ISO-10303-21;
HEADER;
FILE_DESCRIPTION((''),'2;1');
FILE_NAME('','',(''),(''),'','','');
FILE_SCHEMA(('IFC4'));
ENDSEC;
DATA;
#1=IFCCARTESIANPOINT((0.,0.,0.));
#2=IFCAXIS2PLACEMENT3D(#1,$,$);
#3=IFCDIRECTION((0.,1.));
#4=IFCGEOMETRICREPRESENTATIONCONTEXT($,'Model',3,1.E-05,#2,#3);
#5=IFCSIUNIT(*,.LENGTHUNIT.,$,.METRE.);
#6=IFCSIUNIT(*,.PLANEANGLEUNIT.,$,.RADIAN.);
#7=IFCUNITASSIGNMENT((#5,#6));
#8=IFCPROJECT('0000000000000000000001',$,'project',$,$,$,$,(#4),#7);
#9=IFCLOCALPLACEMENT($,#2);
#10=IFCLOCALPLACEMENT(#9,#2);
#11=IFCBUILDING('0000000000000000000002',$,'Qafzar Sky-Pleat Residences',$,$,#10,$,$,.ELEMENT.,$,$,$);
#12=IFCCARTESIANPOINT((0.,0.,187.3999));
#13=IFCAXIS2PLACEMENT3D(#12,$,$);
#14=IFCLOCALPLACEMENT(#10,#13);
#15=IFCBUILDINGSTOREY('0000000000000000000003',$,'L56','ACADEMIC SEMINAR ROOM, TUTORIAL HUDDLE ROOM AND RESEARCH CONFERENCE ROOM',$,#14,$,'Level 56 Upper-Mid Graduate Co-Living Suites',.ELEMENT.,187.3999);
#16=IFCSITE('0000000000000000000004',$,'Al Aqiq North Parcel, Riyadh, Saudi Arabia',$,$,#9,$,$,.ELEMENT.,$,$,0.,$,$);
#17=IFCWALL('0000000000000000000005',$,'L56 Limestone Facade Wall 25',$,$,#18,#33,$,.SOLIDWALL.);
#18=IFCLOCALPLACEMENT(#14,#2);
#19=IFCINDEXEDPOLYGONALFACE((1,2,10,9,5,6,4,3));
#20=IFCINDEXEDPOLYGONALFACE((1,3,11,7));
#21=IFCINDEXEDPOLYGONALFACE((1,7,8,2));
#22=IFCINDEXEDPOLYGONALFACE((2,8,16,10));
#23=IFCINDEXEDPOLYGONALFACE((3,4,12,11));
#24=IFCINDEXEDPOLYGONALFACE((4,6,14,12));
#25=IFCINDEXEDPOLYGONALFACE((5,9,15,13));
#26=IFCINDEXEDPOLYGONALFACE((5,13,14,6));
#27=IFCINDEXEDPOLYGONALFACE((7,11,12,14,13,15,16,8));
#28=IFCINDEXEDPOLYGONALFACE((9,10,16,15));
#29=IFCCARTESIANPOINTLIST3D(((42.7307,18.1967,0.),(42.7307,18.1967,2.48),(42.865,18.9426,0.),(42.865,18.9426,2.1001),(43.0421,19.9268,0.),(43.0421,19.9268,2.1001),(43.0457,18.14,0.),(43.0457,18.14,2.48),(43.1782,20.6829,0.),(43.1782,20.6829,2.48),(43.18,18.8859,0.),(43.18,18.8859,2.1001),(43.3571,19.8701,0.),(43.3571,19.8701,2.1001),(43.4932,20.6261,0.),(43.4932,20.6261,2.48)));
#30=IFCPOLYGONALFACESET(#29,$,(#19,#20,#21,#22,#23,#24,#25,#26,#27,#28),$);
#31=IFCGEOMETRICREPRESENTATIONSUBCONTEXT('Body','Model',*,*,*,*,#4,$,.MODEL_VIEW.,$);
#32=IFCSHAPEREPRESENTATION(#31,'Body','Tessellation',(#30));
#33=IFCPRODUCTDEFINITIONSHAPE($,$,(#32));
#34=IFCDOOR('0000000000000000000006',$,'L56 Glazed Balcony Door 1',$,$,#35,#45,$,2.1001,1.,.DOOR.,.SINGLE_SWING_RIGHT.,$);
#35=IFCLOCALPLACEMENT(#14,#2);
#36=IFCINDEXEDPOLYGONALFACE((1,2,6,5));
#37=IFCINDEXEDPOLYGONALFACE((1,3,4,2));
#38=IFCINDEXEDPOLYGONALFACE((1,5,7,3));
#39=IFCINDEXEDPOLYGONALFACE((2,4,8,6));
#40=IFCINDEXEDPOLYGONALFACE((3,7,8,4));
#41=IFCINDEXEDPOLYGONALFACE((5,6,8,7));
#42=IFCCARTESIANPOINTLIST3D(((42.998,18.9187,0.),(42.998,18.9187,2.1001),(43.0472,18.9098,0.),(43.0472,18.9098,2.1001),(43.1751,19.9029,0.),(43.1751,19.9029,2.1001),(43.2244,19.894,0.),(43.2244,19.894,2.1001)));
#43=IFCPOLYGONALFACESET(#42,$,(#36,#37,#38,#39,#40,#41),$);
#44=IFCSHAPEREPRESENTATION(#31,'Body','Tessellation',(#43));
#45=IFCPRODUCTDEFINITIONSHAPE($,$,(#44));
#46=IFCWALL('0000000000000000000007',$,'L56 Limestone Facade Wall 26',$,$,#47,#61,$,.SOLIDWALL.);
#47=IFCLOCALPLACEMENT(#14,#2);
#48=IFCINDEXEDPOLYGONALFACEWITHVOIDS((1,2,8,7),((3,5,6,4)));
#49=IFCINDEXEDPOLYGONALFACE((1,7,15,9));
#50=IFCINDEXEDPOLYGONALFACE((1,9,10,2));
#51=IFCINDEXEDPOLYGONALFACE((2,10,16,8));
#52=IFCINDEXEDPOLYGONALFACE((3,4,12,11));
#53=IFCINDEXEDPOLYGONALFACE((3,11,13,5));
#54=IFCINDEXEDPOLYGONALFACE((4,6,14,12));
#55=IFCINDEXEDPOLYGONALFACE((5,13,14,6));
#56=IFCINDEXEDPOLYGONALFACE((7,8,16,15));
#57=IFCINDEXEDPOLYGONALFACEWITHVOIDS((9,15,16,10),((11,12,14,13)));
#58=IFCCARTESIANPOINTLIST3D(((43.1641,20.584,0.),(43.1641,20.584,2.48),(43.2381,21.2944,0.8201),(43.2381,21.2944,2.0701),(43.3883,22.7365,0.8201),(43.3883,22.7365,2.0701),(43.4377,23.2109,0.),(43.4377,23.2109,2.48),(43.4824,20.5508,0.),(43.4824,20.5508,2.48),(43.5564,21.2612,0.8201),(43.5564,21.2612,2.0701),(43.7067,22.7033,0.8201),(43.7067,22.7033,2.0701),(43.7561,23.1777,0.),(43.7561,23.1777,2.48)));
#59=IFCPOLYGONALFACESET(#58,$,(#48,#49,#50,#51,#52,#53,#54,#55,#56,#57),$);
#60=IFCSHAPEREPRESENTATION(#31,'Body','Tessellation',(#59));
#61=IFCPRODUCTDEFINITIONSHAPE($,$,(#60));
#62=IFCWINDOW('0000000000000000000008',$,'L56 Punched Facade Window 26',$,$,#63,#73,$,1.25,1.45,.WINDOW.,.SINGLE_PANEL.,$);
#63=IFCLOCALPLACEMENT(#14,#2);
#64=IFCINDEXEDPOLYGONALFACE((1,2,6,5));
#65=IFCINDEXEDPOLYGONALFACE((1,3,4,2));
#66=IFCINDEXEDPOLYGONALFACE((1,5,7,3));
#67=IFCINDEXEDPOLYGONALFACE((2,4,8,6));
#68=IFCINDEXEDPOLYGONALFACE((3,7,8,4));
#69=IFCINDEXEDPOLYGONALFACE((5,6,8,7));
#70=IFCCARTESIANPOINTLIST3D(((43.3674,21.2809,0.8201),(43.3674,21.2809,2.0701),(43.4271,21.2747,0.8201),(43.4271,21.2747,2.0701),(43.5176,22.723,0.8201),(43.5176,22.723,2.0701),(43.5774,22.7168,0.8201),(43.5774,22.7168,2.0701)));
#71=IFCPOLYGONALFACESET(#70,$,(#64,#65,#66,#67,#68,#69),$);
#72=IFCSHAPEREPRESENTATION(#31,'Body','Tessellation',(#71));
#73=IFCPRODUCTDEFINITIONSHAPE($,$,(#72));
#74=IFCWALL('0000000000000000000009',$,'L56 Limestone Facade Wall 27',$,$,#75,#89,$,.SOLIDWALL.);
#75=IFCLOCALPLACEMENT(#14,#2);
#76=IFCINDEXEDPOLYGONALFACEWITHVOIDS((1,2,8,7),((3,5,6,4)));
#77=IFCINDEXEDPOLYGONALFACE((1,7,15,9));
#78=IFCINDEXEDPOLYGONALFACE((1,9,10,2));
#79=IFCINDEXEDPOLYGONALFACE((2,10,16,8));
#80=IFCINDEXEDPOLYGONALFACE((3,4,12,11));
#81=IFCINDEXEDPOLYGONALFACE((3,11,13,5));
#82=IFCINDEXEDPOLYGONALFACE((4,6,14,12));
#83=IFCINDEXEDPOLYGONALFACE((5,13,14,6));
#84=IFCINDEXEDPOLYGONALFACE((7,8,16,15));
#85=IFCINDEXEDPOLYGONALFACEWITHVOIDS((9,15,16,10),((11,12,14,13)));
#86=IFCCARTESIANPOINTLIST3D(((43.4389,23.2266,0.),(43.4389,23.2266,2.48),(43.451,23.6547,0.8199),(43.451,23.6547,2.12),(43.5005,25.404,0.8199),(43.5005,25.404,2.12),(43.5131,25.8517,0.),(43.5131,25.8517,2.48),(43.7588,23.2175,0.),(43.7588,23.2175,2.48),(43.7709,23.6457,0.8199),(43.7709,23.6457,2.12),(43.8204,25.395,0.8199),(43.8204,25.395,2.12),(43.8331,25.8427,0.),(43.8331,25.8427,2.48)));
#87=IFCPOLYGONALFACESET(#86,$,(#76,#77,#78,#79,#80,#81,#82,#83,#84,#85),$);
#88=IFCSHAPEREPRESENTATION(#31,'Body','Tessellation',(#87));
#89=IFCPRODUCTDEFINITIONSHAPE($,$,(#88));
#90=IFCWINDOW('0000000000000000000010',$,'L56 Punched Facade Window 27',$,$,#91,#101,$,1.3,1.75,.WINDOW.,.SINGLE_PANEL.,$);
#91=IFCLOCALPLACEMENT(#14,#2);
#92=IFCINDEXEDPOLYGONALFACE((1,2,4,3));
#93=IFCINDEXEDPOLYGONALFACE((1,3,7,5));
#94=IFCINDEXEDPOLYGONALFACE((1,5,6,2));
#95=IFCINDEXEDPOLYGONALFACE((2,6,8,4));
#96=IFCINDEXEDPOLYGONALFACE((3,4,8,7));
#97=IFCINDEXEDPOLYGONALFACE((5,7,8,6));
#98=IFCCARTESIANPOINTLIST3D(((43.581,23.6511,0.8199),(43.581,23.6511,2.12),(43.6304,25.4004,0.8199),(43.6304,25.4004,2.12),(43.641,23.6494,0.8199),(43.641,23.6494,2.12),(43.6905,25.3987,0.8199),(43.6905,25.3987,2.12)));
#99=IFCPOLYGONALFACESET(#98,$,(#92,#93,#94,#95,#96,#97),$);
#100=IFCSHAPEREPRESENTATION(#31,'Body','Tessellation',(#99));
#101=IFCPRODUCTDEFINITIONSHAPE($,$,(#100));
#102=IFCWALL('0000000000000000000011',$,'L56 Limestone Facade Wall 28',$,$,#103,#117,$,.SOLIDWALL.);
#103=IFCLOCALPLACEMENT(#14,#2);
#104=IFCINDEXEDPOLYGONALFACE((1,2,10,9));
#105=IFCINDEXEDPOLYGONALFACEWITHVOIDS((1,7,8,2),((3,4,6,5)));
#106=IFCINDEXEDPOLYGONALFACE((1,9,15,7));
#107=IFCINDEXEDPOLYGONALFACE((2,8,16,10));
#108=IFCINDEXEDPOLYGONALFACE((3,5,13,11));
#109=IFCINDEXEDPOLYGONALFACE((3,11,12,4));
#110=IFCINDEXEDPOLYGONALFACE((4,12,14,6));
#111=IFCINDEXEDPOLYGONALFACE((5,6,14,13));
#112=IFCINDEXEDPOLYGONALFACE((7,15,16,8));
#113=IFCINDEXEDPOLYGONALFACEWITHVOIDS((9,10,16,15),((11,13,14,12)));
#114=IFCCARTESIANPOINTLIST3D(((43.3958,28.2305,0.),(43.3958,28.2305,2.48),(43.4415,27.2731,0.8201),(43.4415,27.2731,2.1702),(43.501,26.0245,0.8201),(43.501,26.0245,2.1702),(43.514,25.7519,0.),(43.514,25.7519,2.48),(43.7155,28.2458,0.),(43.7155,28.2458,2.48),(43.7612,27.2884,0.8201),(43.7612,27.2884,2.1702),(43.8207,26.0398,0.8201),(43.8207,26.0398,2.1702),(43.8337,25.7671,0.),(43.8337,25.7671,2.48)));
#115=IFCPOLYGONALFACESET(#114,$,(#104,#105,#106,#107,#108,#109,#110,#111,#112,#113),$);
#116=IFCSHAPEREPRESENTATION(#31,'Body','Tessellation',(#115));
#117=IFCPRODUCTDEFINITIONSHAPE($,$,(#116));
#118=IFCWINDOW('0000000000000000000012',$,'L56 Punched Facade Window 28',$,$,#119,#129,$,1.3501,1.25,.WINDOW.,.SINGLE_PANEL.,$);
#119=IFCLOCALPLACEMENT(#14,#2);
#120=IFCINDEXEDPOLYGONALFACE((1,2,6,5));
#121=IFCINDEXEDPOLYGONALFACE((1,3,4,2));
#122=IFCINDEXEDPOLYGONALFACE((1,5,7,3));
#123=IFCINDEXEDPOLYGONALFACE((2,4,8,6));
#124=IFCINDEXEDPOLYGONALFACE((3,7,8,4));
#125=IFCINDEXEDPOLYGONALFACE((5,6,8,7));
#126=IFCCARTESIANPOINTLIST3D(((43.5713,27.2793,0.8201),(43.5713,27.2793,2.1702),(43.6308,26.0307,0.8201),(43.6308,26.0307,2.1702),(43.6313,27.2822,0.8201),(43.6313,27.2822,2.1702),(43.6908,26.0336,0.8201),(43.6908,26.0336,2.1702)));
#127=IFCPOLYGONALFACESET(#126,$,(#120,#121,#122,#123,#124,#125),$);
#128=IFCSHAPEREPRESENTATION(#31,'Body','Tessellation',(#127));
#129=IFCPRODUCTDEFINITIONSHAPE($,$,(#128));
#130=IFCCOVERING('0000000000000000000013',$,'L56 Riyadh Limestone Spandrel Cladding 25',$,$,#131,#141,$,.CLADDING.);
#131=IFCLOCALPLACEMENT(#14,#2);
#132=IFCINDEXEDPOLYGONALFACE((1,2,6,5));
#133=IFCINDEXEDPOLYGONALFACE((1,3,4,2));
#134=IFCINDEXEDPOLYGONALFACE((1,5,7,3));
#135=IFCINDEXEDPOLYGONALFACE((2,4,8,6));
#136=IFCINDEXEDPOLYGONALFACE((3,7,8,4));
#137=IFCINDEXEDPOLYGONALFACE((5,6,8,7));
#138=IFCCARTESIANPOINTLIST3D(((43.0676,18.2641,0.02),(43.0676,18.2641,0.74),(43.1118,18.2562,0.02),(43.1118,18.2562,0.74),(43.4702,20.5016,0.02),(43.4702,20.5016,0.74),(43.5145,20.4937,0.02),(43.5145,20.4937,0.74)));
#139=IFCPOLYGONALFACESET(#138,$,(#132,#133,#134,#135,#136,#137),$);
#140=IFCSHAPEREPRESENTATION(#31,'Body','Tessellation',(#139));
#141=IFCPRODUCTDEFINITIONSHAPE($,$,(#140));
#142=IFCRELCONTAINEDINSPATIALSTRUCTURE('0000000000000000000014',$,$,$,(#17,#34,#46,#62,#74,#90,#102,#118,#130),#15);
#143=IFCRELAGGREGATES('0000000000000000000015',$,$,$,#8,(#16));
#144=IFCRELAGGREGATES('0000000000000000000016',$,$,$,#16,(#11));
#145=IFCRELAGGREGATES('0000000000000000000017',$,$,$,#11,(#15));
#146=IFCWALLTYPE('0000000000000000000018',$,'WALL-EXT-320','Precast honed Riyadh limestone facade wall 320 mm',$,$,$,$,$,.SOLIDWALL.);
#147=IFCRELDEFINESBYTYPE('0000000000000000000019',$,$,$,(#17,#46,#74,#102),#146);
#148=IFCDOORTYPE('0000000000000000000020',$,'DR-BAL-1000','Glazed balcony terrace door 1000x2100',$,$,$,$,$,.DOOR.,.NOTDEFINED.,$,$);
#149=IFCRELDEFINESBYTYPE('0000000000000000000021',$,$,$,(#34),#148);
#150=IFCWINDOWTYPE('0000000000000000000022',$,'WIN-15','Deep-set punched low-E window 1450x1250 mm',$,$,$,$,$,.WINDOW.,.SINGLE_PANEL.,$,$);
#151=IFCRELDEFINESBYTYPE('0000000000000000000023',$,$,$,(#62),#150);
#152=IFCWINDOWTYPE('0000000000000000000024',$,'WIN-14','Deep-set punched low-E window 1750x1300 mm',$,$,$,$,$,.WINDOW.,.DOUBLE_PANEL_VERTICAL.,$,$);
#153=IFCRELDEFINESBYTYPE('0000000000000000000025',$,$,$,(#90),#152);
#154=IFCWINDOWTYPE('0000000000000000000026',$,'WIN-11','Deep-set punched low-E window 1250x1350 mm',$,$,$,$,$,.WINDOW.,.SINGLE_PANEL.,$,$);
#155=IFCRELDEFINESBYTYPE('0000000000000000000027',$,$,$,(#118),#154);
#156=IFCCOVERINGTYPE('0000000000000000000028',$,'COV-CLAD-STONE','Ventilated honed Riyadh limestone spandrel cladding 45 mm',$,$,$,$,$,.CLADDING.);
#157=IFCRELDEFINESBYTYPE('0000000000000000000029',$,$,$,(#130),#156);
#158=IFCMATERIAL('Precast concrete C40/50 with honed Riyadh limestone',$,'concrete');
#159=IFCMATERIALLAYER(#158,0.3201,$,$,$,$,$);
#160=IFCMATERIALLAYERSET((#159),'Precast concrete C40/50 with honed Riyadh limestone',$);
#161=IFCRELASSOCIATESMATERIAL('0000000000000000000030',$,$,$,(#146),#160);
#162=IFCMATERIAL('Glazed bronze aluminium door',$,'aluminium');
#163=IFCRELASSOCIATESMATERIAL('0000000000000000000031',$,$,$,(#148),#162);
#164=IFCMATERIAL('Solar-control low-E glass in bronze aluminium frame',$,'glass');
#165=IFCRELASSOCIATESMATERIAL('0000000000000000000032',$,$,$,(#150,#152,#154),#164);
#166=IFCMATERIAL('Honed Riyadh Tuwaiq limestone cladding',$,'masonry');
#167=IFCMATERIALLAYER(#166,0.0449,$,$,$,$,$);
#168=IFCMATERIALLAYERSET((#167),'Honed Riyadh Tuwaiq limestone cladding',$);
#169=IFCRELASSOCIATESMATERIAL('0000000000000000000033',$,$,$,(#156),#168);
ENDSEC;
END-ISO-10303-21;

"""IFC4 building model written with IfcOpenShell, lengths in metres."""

from ifc_helpers import new_model, si_unit, direction, frame, frame_2d, origin, origin_2d, place, context, subcontext, project, spatial, rectangle, extrude, source, transform, mapped, material, layer, layer_set, type_object, element, fill, save


model = new_model("IFC4")

# Units and contexts
model_context = context("Model", 3, precision=1e-05, world=origin(), true_north=direction((0.0, 1.0)))
body_context = subcontext(model_context, "Body", "Model", "MODEL_VIEW")
ifc_project = project(units=[si_unit("LENGTHUNIT", "METRE"), si_unit("PLANEANGLEUNIT", "RADIAN")], contexts=[model_context])

# Site, building, storey
site_placement = place(None, origin())
site = spatial("IfcSite", under=ifc_project, at=site_placement, Name="Al Aqiq North Parcel, Riyadh, Saudi Arabia", CompositionType="ELEMENT", RefElevation=0.0)
building_placement = place(site_placement, origin())
building = spatial("IfcBuilding", under=site, at=building_placement, Name="Qafzar Sky-Pleat Residences", CompositionType="ELEMENT")
storey_placement = place(building_placement, frame((0.0, 0.0, 187.3999)))
storey = spatial("IfcBuildingStorey", under=building, at=storey_placement, Name="L56", Description="ACADEMIC SEMINAR ROOM, TUTORIAL HUDDLE ROOM AND RESEARCH CONFERENCE ROOM", LongName="Level 56 Upper-Mid Graduate Co-Living Suites", CompositionType="ELEMENT", Elevation=187.3999)

# Wall, opening, door
ifc_material_1 = material(Name="Precast concrete C40/50 with honed Riyadh limestone", Category="concrete")
ifc_layer_1 = layer(ifc_material_1, 0.3201)
ifc_layer_set_1 = layer_set([ifc_layer_1], Name="Precast concrete C40/50 with honed Riyadh limestone")
wall_type_1 = type_object("IfcWallType", Name="WALL-EXT-320", Description="Precast honed Riyadh limestone facade wall 320 mm", PredefinedType="SOLIDWALL", material=ifc_layer_set_1)
wall_1_placement = place(storey_placement, frame((42.8882, 18.1682, 0.0), z_axis=(0.0, 0.0, 1.0), x_axis=(0.177159, 0.984182, 0.0)))
wall_1 = element("IfcWall", 1, at=wall_1_placement, inside=storey, type_object=wall_type_1, Name="L56 Limestone Facade Wall 25", PredefinedType="SOLIDWALL", context=body_context, shape_type="SweptSolid", body=[
    extrude(rectangle(XDim=2.5261, YDim=0.3201, at=frame_2d((1.2632, 0.0))), origin(), (0.0, 0.0, 1.0), 2.48),
])
opening_1_placement = place(wall_1_placement, frame((0.7581, 0.0, 0.0)))
opening_1 = element("IfcOpeningElement", 2, at=opening_1_placement, cuts=wall_1, PredefinedType="OPENING", context=body_context, shape_type="SweptSolid", body=[
    extrude(rectangle(XDim=1.0, YDim=2.1001, at=frame_2d((0.5, 1.05))), frame((0.0, 0.1699, 0.0), z_axis=(0.0, -1.0, 0.0), x_axis=(1.0, 0.0, 0.0)), (0.0, 0.0, 1.0), 0.3401),
])
ifc_material_2 = material(Name="Glazed bronze aluminium door", Category="aluminium")
door_type_1 = type_object("IfcDoorType", Name="DR-BAL-1000", Description="Glazed balcony terrace door 1000x2100", OperationType="NOTDEFINED", PredefinedType="DOOR", material=ifc_material_2)
shared_shape_1 = source(origin(), body_context, "Body", "SweptSolid", [
    extrude(rectangle(XDim=1.0, YDim=2.1001, at=frame_2d((0.5, 1.05))), frame((0.0, 0.0249, 0.0), z_axis=(0.0, -1.0, 0.0), x_axis=(1.0, 0.0, 0.0)), (0.0, 0.0, 1.0), 0.05),
])
door_1_placement = place(opening_1_placement, origin())
door_1 = element("IfcDoor", 3, at=door_1_placement, inside=storey, type_object=door_type_1, Name="L56 Glazed Balcony Door 1", OperationType="SINGLE_SWING_RIGHT", OverallHeight=2.1001, OverallWidth=1.0, PredefinedType="DOOR", context=body_context, shape_type="MappedRepresentation", body=[
    mapped(shared_shape_1, transform((0.0, 0.0, 0.0), x_axis=(1.0, 0.0, 0.0), y_axis=(0.0, 1.0, 0.0), z_axis=(0.0, 0.0, 1.0), scale=1.0)),
])
fill(opening_1, door_1)

# Walls, openings, windows
wall_2_placement = place(storey_placement, frame((43.3232, 20.5674, 0.0), z_axis=(0.0, 0.0, 1.0), x_axis=(0.103621, 0.994617, 0.0)))
wall_2 = element("IfcWall", 4, at=wall_2_placement, inside=storey, type_object=wall_type_1, Name="L56 Limestone Facade Wall 26", PredefinedType="SOLIDWALL", context=body_context, shape_type="SweptSolid", body=[
    extrude(rectangle(XDim=2.6411, YDim=0.3201, at=frame_2d((1.3206, 0.0))), origin(), (0.0, 0.0, 1.0), 2.48),
])
opening_2_placement = place(wall_2_placement, frame((0.7141, 0.0, 0.8201)))
opening_2 = element("IfcOpeningElement", 5, at=opening_2_placement, cuts=wall_2, PredefinedType="OPENING", context=body_context, shape_type="SweptSolid", body=[
    extrude(rectangle(XDim=1.45, YDim=1.25, at=frame_2d((0.7251, 0.625))), frame((0.0, 0.1699, 0.0), z_axis=(0.0, -1.0, 0.0), x_axis=(1.0, 0.0, 0.0)), (0.0, 0.0, 1.0), 0.3401),
])
ifc_material_3 = material(Name="Solar-control low-E glass in bronze aluminium frame", Category="glass")
window_type_1 = type_object("IfcWindowType", Name="WIN-15", Description="Deep-set punched low-E window 1450x1250 mm", PartitioningType="SINGLE_PANEL", PredefinedType="WINDOW", material=ifc_material_3)
shared_shape_2 = source(origin(), body_context, "Body", "SweptSolid", [
    extrude(rectangle(XDim=1.45, YDim=1.25, at=frame_2d((0.7251, 0.625))), frame((0.0, 0.03, 0.0), z_axis=(0.0, -1.0, 0.0), x_axis=(1.0, 0.0, 0.0)), (0.0, 0.0, 1.0), 0.0601),
])
window_1_placement = place(opening_2_placement, origin())
window_1 = element("IfcWindow", 6, at=window_1_placement, inside=storey, type_object=window_type_1, Name="L56 Punched Facade Window 26", OverallHeight=1.25, OverallWidth=1.45, PartitioningType="SINGLE_PANEL", PredefinedType="WINDOW", context=body_context, shape_type="MappedRepresentation", body=[
    mapped(shared_shape_2, transform((0.0, 0.0, 0.0), x_axis=(1.0, 0.0, 0.0), y_axis=(0.0, 1.0, 0.0), z_axis=(0.0, 0.0, 1.0), scale=1.0)),
])
fill(opening_2, window_1)
wall_3_placement = place(storey_placement, frame((43.5989, 23.2222, 0.0), z_axis=(0.0, 0.0, 1.0), x_axis=(0.02826, 0.999601, 0.0)))
wall_3 = element("IfcWall", 7, at=wall_3_placement, inside=storey, type_object=wall_type_1, Name="L56 Limestone Facade Wall 27", PredefinedType="SOLIDWALL", context=body_context, shape_type="SweptSolid", body=[
    extrude(rectangle(XDim=2.6262, YDim=0.3201, at=frame_2d((1.313, 0.0))), origin(), (0.0, 0.0, 1.0), 2.48),
])
opening_3_placement = place(wall_3_placement, frame((0.4282, 0.0, 0.8201)))
opening_3 = element("IfcOpeningElement", 8, at=opening_3_placement, cuts=wall_3, PredefinedType="OPENING", context=body_context, shape_type="SweptSolid", body=[
    extrude(rectangle(XDim=1.75, YDim=1.3, at=frame_2d((0.875, 0.6499))), frame((0.0, 0.1699, 0.0), z_axis=(0.0, -1.0, 0.0), x_axis=(1.0, 0.0, 0.0)), (0.0, 0.0, 1.0), 0.3401),
])
window_type_2 = type_object("IfcWindowType", Name="WIN-14", Description="Deep-set punched low-E window 1750x1300 mm", PartitioningType="DOUBLE_PANEL_VERTICAL", PredefinedType="WINDOW", material=ifc_material_3)
shared_shape_3 = source(origin(), body_context, "Body", "SweptSolid", [
    extrude(rectangle(XDim=1.75, YDim=1.3, at=frame_2d((0.875, 0.6499))), frame((0.0, 0.03, 0.0), z_axis=(0.0, -1.0, 0.0), x_axis=(1.0, 0.0, 0.0)), (0.0, 0.0, 1.0), 0.0601),
])
window_2_placement = place(opening_3_placement, origin())
window_2 = element("IfcWindow", 9, at=window_2_placement, inside=storey, type_object=window_type_2, Name="L56 Punched Facade Window 27", OverallHeight=1.3, OverallWidth=1.75, PartitioningType="SINGLE_PANEL", PredefinedType="WINDOW", context=body_context, shape_type="MappedRepresentation", body=[
    mapped(shared_shape_3, transform((0.0, 0.0, 0.0), x_axis=(1.0, 0.0, 0.0), y_axis=(0.0, 1.0, 0.0), z_axis=(0.0, 0.0, 1.0), scale=1.0)),
])
fill(opening_3, window_2)
wall_4_placement = place(storey_placement, frame((43.6738, 25.7595, 0.0), z_axis=(0.0, 0.0, 1.0), x_axis=(-0.047621, 0.998865, 0.0)))
wall_4 = element("IfcWall", 10, at=wall_4_placement, inside=storey, type_object=wall_type_1, Name="L56 Limestone Facade Wall 28", PredefinedType="SOLIDWALL", context=body_context, shape_type="SweptSolid", body=[
    extrude(rectangle(XDim=2.4814, YDim=0.3201, at=frame_2d((1.2407, 0.0))), origin(), (0.0, 0.0, 1.0), 2.48),
])
opening_4_placement = place(wall_4_placement, frame((0.2729, 0.0, 0.8201)))
opening_4 = element("IfcOpeningElement", 11, at=opening_4_placement, cuts=wall_4, PredefinedType="OPENING", context=body_context, shape_type="SweptSolid", body=[
    extrude(rectangle(XDim=1.25, YDim=1.3501, at=frame_2d((0.625, 0.675))), frame((0.0, 0.1699, 0.0), z_axis=(0.0, -1.0, 0.0), x_axis=(1.0, 0.0, 0.0)), (0.0, 0.0, 1.0), 0.3401),
])
window_type_3 = type_object("IfcWindowType", Name="WIN-11", Description="Deep-set punched low-E window 1250x1350 mm", PartitioningType="SINGLE_PANEL", PredefinedType="WINDOW", material=ifc_material_3)
shared_shape_4 = source(origin(), body_context, "Body", "SweptSolid", [
    extrude(rectangle(XDim=1.25, YDim=1.3501, at=frame_2d((0.625, 0.675))), frame((0.0, 0.03, 0.0), z_axis=(0.0, -1.0, 0.0), x_axis=(1.0, 0.0, 0.0)), (0.0, 0.0, 1.0), 0.0601),
])
window_3_placement = place(opening_4_placement, origin())
window_3 = element("IfcWindow", 12, at=window_3_placement, inside=storey, type_object=window_type_3, Name="L56 Punched Facade Window 28", OverallHeight=1.3501, OverallWidth=1.25, PartitioningType="SINGLE_PANEL", PredefinedType="WINDOW", context=body_context, shape_type="MappedRepresentation", body=[
    mapped(shared_shape_4, transform((0.0, 0.0, 0.0), x_axis=(1.0, 0.0, 0.0), y_axis=(0.0, 1.0, 0.0), z_axis=(0.0, 0.0, 1.0), scale=1.0)),
])
fill(opening_4, window_3)

# Covering
ifc_material_4 = material(Name="Honed Riyadh Tuwaiq limestone cladding", Category="masonry")
ifc_layer_2 = layer(ifc_material_4, 0.0449)
ifc_layer_set_2 = layer_set([ifc_layer_2], Name="Honed Riyadh Tuwaiq limestone cladding")
covering_type = type_object("IfcCoveringType", Name="COV-CLAD-STONE", Description="Ventilated honed Riyadh limestone spandrel cladding 45 mm", PredefinedType="CLADDING", material=ifc_layer_set_2)
shared_shape_5 = source(origin(), body_context, "Body", "SweptSolid", [
    extrude(rectangle(XDim=2.2734, YDim=0.0449, at=origin_2d()), origin(), (0.0, 0.0, 1.0), 0.72),
])
covering_placement = place(storey_placement, frame((43.291, 19.3789, 0.02), z_axis=(0.0, 0.0, 1.0), x_axis=(0.177115, 0.98419, 0.0)))
element("IfcCovering", 13, at=covering_placement, inside=storey, type_object=covering_type, Name="L56 Riyadh Limestone Spandrel Cladding 25", PredefinedType="CLADDING", context=body_context, shape_type="MappedRepresentation", body=[
    mapped(shared_shape_5, transform((0.0, 0.0, 0.0), x_axis=(1.0, 0.0, 0.0), y_axis=(0.0, 1.0, 0.0), z_axis=(0.0, 0.0, 1.0), scale=1.0)),
])

save(model, "model.ifc")
